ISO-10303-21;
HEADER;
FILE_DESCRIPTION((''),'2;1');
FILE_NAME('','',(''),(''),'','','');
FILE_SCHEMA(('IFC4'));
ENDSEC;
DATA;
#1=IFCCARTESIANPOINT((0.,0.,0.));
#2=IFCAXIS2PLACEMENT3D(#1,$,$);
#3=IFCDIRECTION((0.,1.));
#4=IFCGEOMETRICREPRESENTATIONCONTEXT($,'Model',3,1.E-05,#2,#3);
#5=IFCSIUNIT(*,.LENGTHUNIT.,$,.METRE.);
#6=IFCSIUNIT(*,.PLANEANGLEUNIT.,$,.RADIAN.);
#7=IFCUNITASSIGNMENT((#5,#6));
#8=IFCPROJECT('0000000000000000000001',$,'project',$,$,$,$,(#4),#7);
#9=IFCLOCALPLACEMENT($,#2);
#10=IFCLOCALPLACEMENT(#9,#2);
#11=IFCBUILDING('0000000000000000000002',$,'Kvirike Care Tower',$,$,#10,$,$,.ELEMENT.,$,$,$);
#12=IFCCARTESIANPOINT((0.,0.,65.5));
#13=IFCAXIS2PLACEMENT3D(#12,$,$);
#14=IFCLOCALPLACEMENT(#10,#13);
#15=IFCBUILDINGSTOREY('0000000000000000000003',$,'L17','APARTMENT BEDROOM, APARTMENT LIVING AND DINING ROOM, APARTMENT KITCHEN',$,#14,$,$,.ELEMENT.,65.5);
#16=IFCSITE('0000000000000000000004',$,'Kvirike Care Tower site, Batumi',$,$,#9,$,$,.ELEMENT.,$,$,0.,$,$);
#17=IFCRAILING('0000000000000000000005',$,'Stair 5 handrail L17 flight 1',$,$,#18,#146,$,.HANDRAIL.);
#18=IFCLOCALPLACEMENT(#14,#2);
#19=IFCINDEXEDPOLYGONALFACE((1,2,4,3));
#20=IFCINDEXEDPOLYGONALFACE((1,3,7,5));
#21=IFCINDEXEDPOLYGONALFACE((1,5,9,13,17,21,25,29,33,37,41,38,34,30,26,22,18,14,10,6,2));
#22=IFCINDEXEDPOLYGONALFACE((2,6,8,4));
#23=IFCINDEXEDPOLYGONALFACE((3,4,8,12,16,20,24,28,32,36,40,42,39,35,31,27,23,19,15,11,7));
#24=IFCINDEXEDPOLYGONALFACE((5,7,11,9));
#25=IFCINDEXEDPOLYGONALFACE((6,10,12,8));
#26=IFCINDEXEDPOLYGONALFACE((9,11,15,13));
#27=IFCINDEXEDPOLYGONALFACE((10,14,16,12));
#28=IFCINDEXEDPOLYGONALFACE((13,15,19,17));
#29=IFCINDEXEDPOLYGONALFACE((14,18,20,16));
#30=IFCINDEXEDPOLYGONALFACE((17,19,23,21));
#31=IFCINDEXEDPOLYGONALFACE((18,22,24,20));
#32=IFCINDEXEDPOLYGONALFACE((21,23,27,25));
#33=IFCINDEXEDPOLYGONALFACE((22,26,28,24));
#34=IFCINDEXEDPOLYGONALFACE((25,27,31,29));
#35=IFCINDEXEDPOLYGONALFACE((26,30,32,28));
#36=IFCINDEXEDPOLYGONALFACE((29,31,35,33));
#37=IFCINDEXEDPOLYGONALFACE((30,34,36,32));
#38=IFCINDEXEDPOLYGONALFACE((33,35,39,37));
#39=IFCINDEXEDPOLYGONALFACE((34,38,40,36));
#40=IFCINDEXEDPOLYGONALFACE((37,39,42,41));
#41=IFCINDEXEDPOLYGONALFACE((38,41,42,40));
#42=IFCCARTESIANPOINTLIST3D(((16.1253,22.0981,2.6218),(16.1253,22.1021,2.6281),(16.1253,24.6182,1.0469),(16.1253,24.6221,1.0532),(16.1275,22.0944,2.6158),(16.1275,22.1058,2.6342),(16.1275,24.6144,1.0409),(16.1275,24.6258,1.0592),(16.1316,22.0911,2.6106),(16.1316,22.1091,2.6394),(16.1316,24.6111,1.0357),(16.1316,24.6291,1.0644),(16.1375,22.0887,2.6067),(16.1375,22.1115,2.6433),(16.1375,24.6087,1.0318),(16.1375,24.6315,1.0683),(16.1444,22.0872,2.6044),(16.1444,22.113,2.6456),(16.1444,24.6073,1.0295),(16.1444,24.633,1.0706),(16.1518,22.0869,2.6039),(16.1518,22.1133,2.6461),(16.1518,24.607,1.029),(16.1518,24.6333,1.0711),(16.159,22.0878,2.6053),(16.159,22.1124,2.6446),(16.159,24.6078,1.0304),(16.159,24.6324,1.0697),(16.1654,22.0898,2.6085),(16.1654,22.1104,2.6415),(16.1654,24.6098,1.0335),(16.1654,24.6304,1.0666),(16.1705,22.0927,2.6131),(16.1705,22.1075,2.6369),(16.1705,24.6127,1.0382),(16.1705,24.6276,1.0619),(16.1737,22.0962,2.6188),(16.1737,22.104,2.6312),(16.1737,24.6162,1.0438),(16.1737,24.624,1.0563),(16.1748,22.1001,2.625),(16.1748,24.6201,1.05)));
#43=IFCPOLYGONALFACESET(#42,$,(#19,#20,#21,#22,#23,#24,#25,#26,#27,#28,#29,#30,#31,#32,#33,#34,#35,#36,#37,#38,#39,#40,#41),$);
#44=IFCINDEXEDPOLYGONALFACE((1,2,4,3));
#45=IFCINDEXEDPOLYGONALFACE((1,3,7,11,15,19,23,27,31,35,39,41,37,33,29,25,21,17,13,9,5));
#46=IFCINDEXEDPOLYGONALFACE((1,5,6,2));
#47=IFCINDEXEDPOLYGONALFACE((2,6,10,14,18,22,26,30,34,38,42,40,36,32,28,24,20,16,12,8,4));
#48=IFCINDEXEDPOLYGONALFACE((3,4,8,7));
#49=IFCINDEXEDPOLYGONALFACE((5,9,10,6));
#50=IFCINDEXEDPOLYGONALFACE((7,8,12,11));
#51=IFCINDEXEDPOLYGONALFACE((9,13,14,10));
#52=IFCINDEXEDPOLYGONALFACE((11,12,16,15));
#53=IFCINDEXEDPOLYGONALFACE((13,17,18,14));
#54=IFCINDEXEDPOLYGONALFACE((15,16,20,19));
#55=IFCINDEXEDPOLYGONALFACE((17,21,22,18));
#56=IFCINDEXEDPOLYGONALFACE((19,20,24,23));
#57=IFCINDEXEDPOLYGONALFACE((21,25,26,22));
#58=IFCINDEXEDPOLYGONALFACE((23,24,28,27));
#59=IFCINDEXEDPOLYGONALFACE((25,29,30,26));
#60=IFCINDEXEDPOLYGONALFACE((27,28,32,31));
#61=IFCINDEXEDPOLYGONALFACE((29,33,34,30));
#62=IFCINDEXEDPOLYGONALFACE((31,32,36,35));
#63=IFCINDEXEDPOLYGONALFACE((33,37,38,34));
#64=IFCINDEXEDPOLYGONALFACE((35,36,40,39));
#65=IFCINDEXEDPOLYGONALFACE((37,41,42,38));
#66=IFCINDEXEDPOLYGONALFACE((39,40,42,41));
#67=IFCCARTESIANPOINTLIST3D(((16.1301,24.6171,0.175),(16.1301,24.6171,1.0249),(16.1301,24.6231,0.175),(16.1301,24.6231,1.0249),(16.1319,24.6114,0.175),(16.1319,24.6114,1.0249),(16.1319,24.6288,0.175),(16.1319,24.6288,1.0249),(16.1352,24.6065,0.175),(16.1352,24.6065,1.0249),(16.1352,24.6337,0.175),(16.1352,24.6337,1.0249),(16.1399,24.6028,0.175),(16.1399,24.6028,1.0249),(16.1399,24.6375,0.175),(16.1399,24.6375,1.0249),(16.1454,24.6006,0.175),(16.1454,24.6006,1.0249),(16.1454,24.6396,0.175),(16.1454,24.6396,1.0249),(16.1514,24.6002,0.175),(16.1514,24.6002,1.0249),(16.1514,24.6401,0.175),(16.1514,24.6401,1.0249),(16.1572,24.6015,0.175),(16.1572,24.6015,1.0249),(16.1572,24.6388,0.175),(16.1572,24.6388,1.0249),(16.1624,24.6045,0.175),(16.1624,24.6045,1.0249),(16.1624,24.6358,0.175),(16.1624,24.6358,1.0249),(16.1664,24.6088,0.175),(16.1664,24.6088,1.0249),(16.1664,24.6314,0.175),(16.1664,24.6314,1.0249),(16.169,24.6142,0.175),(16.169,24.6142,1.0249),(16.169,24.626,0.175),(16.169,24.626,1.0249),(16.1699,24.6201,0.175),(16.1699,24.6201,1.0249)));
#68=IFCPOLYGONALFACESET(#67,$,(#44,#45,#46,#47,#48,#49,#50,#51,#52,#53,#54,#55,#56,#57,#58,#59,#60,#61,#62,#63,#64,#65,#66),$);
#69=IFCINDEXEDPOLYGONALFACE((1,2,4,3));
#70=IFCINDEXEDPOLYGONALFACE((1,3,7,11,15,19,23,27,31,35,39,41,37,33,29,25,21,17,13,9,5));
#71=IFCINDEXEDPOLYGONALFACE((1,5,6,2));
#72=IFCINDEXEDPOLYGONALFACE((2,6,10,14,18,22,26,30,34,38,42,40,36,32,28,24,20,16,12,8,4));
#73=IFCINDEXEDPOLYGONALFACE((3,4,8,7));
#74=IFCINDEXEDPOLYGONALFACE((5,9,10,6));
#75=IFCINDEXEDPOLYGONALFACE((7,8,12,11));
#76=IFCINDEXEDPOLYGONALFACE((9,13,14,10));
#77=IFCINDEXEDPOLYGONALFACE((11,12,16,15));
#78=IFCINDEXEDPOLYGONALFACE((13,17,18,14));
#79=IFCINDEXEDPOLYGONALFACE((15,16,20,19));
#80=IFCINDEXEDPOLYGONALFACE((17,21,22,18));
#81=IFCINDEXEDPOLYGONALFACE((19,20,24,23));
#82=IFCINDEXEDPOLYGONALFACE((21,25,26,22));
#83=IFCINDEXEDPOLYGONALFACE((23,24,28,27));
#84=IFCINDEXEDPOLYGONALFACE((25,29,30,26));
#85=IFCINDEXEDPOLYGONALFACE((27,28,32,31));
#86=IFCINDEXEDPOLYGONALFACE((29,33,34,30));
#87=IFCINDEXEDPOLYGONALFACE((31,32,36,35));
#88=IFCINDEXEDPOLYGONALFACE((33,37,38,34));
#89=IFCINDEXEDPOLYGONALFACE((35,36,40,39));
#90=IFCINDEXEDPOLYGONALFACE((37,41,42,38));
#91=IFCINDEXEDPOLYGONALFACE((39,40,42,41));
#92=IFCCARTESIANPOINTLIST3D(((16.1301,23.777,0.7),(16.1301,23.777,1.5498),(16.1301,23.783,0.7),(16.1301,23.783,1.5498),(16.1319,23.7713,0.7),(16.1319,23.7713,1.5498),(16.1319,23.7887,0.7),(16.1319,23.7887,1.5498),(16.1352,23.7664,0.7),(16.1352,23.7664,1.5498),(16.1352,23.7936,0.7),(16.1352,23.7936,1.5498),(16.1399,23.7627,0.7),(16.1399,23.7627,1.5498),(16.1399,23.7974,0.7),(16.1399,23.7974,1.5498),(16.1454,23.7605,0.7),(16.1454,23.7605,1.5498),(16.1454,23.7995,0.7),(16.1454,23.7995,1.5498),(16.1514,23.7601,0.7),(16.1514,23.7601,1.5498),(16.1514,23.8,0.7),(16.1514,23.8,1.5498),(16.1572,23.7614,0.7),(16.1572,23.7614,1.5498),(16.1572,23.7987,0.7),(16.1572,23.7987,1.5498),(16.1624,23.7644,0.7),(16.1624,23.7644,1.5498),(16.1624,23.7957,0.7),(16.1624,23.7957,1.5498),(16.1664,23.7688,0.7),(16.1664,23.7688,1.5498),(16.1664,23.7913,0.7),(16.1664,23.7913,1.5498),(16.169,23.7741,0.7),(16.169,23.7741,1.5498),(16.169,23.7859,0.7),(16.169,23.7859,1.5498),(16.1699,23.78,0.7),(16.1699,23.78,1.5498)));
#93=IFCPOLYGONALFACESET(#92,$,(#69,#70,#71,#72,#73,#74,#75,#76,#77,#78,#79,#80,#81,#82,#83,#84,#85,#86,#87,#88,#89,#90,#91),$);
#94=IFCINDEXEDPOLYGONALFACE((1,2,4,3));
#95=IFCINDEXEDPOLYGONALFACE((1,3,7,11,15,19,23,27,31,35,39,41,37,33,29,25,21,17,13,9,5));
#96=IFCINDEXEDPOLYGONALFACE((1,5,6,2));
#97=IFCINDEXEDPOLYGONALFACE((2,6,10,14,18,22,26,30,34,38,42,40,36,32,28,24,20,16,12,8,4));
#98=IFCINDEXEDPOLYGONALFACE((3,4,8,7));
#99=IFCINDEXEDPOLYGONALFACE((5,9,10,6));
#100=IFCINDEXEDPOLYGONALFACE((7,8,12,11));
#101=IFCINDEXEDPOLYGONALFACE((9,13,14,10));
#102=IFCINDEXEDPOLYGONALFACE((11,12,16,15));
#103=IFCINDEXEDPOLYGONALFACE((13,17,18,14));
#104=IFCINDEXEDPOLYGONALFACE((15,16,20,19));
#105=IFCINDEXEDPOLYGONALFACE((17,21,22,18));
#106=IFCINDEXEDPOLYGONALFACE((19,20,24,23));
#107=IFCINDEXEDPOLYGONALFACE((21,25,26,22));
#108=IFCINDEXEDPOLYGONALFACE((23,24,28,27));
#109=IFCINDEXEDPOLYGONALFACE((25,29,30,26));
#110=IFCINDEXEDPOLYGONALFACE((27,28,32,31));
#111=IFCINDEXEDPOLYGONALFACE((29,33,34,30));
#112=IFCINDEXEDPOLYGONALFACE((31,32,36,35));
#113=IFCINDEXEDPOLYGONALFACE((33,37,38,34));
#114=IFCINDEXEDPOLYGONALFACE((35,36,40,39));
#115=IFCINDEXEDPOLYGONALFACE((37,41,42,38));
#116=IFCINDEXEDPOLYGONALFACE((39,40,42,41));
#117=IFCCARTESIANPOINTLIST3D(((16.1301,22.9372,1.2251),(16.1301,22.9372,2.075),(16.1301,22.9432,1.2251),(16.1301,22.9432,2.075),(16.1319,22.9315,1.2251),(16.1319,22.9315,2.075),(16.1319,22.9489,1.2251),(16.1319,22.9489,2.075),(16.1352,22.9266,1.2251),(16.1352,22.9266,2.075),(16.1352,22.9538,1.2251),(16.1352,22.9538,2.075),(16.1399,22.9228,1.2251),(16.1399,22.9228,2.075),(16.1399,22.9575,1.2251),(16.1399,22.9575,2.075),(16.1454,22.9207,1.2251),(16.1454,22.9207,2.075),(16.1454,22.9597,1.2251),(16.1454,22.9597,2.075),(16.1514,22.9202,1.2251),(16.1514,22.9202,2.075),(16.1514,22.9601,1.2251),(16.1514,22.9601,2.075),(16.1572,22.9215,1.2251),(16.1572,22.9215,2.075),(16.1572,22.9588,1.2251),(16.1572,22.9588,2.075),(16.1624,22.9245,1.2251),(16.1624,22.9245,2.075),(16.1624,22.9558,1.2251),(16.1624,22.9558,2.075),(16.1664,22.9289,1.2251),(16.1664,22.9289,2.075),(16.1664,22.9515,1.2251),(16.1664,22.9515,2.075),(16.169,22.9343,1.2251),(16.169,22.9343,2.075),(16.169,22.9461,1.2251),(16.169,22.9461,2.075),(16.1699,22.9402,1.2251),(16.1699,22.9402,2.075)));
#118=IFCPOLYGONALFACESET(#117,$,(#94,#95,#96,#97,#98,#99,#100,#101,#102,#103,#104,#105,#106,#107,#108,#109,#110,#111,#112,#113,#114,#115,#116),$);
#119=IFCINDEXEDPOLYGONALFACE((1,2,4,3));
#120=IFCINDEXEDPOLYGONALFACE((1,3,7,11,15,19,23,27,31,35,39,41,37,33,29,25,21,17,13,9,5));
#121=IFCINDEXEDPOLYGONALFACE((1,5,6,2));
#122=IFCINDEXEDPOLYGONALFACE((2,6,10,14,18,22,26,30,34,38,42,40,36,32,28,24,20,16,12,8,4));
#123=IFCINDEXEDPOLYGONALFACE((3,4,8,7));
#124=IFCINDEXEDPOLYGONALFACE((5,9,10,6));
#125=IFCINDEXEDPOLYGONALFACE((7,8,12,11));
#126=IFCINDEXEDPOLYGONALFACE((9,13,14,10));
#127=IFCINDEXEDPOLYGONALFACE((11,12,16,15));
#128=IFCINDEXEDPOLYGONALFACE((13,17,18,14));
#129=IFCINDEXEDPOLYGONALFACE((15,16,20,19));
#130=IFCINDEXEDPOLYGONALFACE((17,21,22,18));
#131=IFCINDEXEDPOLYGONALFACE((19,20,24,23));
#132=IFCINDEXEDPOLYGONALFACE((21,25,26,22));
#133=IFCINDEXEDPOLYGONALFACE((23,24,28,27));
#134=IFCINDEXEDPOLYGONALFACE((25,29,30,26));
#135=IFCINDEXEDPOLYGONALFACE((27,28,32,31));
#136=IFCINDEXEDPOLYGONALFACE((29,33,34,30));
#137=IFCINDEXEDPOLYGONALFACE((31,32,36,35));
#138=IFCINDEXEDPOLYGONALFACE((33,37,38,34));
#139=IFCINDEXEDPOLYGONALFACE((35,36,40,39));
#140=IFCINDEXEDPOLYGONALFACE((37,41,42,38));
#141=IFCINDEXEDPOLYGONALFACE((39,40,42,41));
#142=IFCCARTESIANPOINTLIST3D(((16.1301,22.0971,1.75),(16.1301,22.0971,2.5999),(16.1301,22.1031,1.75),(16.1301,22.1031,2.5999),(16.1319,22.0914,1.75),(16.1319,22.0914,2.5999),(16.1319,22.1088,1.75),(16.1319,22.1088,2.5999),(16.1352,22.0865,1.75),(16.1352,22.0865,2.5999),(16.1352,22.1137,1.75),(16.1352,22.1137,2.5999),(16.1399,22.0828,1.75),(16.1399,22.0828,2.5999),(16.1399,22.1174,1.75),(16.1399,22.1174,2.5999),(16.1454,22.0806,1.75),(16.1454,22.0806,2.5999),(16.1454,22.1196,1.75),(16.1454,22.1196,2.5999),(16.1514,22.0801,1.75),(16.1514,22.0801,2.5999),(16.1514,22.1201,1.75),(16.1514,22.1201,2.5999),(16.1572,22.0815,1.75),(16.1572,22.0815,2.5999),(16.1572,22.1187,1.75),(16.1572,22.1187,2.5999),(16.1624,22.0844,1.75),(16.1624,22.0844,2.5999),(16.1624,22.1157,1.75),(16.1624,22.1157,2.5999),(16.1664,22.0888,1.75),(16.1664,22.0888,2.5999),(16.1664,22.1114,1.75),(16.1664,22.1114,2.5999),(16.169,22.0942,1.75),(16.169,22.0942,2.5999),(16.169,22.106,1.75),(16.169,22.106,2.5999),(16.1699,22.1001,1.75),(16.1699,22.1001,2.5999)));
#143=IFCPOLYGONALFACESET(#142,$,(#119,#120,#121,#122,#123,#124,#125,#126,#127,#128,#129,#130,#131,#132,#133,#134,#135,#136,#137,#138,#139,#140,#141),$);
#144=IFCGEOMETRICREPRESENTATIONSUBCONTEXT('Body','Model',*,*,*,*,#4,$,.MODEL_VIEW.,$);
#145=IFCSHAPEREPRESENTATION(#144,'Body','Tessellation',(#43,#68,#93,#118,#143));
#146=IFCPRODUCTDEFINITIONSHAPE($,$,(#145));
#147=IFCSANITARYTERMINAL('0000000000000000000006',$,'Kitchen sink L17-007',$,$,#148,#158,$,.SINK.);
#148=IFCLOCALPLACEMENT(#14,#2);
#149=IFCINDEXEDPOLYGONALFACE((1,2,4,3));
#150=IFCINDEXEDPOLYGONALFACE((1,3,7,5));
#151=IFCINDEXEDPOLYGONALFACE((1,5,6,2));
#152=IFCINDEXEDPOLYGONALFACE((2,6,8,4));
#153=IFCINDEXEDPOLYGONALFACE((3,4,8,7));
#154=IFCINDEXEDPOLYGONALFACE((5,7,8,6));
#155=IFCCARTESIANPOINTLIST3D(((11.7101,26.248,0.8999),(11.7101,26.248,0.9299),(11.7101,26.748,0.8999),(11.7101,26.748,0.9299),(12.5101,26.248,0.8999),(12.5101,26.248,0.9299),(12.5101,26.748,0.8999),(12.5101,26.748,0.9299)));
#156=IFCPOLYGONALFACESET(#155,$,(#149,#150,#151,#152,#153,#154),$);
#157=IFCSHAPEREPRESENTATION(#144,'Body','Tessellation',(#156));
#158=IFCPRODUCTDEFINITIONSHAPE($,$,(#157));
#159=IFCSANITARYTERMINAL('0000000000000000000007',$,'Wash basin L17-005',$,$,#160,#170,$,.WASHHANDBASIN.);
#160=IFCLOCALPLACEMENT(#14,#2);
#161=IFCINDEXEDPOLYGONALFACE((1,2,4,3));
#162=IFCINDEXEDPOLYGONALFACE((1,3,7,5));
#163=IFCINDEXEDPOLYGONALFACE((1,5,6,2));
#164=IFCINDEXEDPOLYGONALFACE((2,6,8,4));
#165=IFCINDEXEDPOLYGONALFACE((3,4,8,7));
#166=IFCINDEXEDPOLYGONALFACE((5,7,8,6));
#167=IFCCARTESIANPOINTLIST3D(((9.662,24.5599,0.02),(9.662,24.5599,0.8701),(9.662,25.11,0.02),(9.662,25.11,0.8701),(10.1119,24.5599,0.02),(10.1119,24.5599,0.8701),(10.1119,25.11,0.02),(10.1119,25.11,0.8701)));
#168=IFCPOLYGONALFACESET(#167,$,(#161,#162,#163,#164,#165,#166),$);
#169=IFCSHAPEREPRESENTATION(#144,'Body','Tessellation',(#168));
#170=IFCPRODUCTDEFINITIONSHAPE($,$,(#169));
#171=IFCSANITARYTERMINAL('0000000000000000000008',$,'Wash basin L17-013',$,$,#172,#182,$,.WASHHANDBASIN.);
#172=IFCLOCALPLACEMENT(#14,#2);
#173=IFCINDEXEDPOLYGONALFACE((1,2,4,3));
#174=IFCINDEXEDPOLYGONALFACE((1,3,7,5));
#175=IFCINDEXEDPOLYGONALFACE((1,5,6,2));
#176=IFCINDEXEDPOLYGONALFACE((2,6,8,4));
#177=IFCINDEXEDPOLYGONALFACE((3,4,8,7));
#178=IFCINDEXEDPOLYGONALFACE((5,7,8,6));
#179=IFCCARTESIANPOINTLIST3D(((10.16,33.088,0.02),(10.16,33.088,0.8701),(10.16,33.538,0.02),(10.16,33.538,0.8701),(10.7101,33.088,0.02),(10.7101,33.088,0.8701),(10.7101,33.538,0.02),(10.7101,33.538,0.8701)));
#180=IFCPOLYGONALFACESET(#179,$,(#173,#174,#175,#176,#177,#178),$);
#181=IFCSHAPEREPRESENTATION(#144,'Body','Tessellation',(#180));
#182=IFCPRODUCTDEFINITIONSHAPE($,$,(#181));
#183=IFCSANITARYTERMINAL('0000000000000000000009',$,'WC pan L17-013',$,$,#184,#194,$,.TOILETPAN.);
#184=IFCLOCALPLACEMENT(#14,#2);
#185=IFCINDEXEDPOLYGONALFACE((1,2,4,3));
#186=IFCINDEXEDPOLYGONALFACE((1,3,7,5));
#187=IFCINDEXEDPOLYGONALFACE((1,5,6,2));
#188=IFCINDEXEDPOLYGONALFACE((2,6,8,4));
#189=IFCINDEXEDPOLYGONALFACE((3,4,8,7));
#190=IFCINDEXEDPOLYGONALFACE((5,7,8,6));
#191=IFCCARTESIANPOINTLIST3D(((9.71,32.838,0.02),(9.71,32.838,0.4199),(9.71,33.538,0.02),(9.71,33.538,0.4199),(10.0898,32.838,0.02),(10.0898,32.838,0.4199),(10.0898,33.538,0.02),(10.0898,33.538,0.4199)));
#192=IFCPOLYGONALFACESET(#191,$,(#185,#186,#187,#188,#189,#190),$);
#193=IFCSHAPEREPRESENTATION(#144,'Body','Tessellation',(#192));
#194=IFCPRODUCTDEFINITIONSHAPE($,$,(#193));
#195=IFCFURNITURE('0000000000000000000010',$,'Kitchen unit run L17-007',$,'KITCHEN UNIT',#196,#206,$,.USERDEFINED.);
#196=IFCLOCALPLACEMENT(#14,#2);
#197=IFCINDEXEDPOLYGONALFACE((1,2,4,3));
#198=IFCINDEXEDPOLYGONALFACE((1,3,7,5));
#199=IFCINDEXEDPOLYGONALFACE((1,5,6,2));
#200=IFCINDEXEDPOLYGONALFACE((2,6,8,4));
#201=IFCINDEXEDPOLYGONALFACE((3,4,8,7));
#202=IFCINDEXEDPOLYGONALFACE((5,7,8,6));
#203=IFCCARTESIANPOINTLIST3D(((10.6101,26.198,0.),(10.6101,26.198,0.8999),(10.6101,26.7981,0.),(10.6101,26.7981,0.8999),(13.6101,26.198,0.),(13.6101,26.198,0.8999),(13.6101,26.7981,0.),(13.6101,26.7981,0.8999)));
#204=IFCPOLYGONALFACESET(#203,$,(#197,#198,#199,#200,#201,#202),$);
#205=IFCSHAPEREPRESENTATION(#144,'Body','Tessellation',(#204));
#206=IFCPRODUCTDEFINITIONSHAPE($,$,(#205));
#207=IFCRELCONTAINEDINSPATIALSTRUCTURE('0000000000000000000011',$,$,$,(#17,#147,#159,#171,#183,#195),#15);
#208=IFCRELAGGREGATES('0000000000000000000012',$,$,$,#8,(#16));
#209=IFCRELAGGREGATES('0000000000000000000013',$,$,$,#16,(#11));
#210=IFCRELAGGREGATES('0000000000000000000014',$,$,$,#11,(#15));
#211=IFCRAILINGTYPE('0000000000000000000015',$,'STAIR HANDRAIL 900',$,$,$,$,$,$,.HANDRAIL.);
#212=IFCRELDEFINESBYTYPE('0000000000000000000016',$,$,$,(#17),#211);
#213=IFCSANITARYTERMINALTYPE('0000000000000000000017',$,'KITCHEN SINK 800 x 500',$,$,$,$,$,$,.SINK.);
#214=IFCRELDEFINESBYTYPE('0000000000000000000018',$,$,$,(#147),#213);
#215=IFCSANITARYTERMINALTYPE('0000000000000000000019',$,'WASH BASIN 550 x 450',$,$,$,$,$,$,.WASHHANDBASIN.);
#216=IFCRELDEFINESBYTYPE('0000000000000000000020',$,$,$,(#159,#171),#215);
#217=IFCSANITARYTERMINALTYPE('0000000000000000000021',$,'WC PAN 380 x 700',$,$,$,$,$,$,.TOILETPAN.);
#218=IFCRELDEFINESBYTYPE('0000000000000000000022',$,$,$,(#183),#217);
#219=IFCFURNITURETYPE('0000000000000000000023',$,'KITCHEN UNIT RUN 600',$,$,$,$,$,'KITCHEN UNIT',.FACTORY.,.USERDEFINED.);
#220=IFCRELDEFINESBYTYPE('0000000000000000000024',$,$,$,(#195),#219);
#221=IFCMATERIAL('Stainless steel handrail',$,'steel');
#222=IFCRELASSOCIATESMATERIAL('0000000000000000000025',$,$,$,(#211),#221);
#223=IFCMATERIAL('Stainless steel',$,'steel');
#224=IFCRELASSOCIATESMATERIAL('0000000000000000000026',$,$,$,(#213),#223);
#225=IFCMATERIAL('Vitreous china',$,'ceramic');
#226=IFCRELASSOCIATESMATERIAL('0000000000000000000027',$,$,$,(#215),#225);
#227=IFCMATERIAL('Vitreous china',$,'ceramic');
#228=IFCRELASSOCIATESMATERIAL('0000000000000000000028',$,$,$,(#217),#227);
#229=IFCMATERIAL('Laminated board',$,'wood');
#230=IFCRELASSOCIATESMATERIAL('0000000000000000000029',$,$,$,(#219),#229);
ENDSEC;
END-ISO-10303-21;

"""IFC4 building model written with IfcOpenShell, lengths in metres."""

from ifc_helpers import new_model, si_unit, direction, frame, origin, origin_2d, place, context, subcontext, project, spatial, rectangle, circle, extrude, material, type_object, element, save


model = new_model("IFC4")

# Units and contexts
model_context = context("Model", 3, precision=1e-05, world=origin(), true_north=direction((0.0, 1.0)))
body_context = subcontext(model_context, "Body", "Model", "MODEL_VIEW")
ifc_project = project(units=[si_unit("LENGTHUNIT", "METRE"), si_unit("PLANEANGLEUNIT", "RADIAN")], contexts=[model_context])

# Site, building, storey
site_placement = place(None, origin())
site = spatial("IfcSite", under=ifc_project, at=site_placement, Name="Kvirike Care Tower site, Batumi", CompositionType="ELEMENT", RefElevation=0.0)
building_placement = place(site_placement, origin())
building = spatial("IfcBuilding", under=site, at=building_placement, Name="Kvirike Care Tower", CompositionType="ELEMENT")
storey_placement = place(building_placement, frame((0.0, 0.0, 65.5)))
storey = spatial("IfcBuildingStorey", under=building, at=storey_placement, Name="L17", Description="APARTMENT BEDROOM, APARTMENT LIVING AND DINING ROOM, APARTMENT KITCHEN", CompositionType="ELEMENT", Elevation=65.5)

# Railing
ifc_material_1 = material(Name="Stainless steel handrail", Category="steel")
railing_type = type_object("IfcRailingType", Name="STAIR HANDRAIL 900", PredefinedType="HANDRAIL", material=ifc_material_1)
railing_placement = place(storey_placement, frame((16.1499, 24.6201, 0.175)))
element("IfcRailing", 1, at=railing_placement, inside=storey, type_object=railing_type, Name="Stair 5 handrail L17 flight 1", PredefinedType="HANDRAIL", context=body_context, shape_type="SweptSolid", body=[
    extrude(circle(Radius=0.0249, at=origin_2d()), frame((0.0, 0.0, 0.875), z_axis=(0.0, -0.848008, 0.529984), x_axis=(1.0, 0.0, 0.0)), (0.0, 0.0, 1.0), 2.9717),
    extrude(circle(Radius=0.02, at=origin_2d()), origin(), (0.0, 0.0, 1.0), 0.8499),
    extrude(circle(Radius=0.02, at=origin_2d()), frame((0.0, -0.8401, 0.5249)), (0.0, 0.0, 1.0), 0.8499),
    extrude(circle(Radius=0.02, at=origin_2d()), frame((0.0, -1.6799, 1.05)), (0.0, 0.0, 1.0), 0.8499),
    extrude(circle(Radius=0.02, at=origin_2d()), frame((0.0, -2.52, 1.575)), (0.0, 0.0, 1.0), 0.8499),
])

# Sanitary terminals
ifc_material_2 = material(Name="Stainless steel", Category="steel")
sanitary_terminal_type_1 = type_object("IfcSanitaryTerminalType", Name="KITCHEN SINK 800 x 500", PredefinedType="SINK", material=ifc_material_2)
sanitary_terminal_1_placement = place(storey_placement, frame((12.1101, 26.498, 0.8999), z_axis=(0.0, 0.0, 1.0), x_axis=(1.0, 0.0, 0.0)))
element("IfcSanitaryTerminal", 2, at=sanitary_terminal_1_placement, inside=storey, type_object=sanitary_terminal_type_1, Name="Kitchen sink L17-007", PredefinedType="SINK", context=body_context, shape_type="SweptSolid", body=[
    extrude(rectangle(XDim=0.8, YDim=0.5, at=origin_2d()), origin(), (0.0, 0.0, 1.0), 0.03),
])
ifc_material_3 = material(Name="Vitreous china", Category="ceramic")
sanitary_terminal_type_2 = type_object("IfcSanitaryTerminalType", Name="WASH BASIN 550 x 450", PredefinedType="WASHHANDBASIN", material=ifc_material_3)
for number, where, z_axis, x_axis, name in (
    (3, (9.887, 24.835, 0.02), (0.0, 0.0, 1.0), (0.0, 1.0, 0.0), "Wash basin L17-005"),
    (4, (10.4351, 33.313, 0.02), (0.0, 0.0, 1.0), (1.0, 0.0, 0.0), "Wash basin L17-013"),
):
    element("IfcSanitaryTerminal", number, at=place(storey_placement, frame(where, z_axis=z_axis, x_axis=x_axis)), inside=storey, type_object=sanitary_terminal_type_2, Name=name, PredefinedType="WASHHANDBASIN", context=body_context, shape_type="SweptSolid", body=[
        extrude(rectangle(XDim=0.55, YDim=0.45, at=origin_2d()), origin(), (0.0, 0.0, 1.0), 0.8501),
    ])
ifc_material_4 = material(Name="Vitreous china", Category="ceramic")
sanitary_terminal_type_3 = type_object("IfcSanitaryTerminalType", Name="WC PAN 380 x 700", PredefinedType="TOILETPAN", material=ifc_material_4)
sanitary_terminal_2_placement = place(storey_placement, frame((9.8999, 33.188, 0.02), z_axis=(0.0, 0.0, 1.0), x_axis=(1.0, 0.0, 0.0)))
element("IfcSanitaryTerminal", 5, at=sanitary_terminal_2_placement, inside=storey, type_object=sanitary_terminal_type_3, Name="WC pan L17-013", PredefinedType="TOILETPAN", context=body_context, shape_type="SweptSolid", body=[
    extrude(rectangle(XDim=0.3799, YDim=0.7, at=origin_2d()), origin(), (0.0, 0.0, 1.0), 0.3999),
])

# Furniture
ifc_material_5 = material(Name="Laminated board", Category="wood")
furniture_type = type_object("IfcFurnitureType", Name="KITCHEN UNIT RUN 600", ElementType="KITCHEN UNIT", AssemblyPlace="FACTORY", PredefinedType="USERDEFINED", material=ifc_material_5)
furniture_placement = place(storey_placement, frame((12.1101, 26.498, 0.0), z_axis=(0.0, 0.0, 1.0), x_axis=(1.0, 0.0, 0.0)))
element("IfcFurniture", 6, at=furniture_placement, inside=storey, type_object=furniture_type, Name="Kitchen unit run L17-007", ObjectType="KITCHEN UNIT", PredefinedType="USERDEFINED", context=body_context, shape_type="SweptSolid", body=[
    extrude(rectangle(XDim=3.0, YDim=0.6001, at=origin_2d()), origin(), (0.0, 0.0, 1.0), 0.8999),
])

save(model, "model.ifc")
